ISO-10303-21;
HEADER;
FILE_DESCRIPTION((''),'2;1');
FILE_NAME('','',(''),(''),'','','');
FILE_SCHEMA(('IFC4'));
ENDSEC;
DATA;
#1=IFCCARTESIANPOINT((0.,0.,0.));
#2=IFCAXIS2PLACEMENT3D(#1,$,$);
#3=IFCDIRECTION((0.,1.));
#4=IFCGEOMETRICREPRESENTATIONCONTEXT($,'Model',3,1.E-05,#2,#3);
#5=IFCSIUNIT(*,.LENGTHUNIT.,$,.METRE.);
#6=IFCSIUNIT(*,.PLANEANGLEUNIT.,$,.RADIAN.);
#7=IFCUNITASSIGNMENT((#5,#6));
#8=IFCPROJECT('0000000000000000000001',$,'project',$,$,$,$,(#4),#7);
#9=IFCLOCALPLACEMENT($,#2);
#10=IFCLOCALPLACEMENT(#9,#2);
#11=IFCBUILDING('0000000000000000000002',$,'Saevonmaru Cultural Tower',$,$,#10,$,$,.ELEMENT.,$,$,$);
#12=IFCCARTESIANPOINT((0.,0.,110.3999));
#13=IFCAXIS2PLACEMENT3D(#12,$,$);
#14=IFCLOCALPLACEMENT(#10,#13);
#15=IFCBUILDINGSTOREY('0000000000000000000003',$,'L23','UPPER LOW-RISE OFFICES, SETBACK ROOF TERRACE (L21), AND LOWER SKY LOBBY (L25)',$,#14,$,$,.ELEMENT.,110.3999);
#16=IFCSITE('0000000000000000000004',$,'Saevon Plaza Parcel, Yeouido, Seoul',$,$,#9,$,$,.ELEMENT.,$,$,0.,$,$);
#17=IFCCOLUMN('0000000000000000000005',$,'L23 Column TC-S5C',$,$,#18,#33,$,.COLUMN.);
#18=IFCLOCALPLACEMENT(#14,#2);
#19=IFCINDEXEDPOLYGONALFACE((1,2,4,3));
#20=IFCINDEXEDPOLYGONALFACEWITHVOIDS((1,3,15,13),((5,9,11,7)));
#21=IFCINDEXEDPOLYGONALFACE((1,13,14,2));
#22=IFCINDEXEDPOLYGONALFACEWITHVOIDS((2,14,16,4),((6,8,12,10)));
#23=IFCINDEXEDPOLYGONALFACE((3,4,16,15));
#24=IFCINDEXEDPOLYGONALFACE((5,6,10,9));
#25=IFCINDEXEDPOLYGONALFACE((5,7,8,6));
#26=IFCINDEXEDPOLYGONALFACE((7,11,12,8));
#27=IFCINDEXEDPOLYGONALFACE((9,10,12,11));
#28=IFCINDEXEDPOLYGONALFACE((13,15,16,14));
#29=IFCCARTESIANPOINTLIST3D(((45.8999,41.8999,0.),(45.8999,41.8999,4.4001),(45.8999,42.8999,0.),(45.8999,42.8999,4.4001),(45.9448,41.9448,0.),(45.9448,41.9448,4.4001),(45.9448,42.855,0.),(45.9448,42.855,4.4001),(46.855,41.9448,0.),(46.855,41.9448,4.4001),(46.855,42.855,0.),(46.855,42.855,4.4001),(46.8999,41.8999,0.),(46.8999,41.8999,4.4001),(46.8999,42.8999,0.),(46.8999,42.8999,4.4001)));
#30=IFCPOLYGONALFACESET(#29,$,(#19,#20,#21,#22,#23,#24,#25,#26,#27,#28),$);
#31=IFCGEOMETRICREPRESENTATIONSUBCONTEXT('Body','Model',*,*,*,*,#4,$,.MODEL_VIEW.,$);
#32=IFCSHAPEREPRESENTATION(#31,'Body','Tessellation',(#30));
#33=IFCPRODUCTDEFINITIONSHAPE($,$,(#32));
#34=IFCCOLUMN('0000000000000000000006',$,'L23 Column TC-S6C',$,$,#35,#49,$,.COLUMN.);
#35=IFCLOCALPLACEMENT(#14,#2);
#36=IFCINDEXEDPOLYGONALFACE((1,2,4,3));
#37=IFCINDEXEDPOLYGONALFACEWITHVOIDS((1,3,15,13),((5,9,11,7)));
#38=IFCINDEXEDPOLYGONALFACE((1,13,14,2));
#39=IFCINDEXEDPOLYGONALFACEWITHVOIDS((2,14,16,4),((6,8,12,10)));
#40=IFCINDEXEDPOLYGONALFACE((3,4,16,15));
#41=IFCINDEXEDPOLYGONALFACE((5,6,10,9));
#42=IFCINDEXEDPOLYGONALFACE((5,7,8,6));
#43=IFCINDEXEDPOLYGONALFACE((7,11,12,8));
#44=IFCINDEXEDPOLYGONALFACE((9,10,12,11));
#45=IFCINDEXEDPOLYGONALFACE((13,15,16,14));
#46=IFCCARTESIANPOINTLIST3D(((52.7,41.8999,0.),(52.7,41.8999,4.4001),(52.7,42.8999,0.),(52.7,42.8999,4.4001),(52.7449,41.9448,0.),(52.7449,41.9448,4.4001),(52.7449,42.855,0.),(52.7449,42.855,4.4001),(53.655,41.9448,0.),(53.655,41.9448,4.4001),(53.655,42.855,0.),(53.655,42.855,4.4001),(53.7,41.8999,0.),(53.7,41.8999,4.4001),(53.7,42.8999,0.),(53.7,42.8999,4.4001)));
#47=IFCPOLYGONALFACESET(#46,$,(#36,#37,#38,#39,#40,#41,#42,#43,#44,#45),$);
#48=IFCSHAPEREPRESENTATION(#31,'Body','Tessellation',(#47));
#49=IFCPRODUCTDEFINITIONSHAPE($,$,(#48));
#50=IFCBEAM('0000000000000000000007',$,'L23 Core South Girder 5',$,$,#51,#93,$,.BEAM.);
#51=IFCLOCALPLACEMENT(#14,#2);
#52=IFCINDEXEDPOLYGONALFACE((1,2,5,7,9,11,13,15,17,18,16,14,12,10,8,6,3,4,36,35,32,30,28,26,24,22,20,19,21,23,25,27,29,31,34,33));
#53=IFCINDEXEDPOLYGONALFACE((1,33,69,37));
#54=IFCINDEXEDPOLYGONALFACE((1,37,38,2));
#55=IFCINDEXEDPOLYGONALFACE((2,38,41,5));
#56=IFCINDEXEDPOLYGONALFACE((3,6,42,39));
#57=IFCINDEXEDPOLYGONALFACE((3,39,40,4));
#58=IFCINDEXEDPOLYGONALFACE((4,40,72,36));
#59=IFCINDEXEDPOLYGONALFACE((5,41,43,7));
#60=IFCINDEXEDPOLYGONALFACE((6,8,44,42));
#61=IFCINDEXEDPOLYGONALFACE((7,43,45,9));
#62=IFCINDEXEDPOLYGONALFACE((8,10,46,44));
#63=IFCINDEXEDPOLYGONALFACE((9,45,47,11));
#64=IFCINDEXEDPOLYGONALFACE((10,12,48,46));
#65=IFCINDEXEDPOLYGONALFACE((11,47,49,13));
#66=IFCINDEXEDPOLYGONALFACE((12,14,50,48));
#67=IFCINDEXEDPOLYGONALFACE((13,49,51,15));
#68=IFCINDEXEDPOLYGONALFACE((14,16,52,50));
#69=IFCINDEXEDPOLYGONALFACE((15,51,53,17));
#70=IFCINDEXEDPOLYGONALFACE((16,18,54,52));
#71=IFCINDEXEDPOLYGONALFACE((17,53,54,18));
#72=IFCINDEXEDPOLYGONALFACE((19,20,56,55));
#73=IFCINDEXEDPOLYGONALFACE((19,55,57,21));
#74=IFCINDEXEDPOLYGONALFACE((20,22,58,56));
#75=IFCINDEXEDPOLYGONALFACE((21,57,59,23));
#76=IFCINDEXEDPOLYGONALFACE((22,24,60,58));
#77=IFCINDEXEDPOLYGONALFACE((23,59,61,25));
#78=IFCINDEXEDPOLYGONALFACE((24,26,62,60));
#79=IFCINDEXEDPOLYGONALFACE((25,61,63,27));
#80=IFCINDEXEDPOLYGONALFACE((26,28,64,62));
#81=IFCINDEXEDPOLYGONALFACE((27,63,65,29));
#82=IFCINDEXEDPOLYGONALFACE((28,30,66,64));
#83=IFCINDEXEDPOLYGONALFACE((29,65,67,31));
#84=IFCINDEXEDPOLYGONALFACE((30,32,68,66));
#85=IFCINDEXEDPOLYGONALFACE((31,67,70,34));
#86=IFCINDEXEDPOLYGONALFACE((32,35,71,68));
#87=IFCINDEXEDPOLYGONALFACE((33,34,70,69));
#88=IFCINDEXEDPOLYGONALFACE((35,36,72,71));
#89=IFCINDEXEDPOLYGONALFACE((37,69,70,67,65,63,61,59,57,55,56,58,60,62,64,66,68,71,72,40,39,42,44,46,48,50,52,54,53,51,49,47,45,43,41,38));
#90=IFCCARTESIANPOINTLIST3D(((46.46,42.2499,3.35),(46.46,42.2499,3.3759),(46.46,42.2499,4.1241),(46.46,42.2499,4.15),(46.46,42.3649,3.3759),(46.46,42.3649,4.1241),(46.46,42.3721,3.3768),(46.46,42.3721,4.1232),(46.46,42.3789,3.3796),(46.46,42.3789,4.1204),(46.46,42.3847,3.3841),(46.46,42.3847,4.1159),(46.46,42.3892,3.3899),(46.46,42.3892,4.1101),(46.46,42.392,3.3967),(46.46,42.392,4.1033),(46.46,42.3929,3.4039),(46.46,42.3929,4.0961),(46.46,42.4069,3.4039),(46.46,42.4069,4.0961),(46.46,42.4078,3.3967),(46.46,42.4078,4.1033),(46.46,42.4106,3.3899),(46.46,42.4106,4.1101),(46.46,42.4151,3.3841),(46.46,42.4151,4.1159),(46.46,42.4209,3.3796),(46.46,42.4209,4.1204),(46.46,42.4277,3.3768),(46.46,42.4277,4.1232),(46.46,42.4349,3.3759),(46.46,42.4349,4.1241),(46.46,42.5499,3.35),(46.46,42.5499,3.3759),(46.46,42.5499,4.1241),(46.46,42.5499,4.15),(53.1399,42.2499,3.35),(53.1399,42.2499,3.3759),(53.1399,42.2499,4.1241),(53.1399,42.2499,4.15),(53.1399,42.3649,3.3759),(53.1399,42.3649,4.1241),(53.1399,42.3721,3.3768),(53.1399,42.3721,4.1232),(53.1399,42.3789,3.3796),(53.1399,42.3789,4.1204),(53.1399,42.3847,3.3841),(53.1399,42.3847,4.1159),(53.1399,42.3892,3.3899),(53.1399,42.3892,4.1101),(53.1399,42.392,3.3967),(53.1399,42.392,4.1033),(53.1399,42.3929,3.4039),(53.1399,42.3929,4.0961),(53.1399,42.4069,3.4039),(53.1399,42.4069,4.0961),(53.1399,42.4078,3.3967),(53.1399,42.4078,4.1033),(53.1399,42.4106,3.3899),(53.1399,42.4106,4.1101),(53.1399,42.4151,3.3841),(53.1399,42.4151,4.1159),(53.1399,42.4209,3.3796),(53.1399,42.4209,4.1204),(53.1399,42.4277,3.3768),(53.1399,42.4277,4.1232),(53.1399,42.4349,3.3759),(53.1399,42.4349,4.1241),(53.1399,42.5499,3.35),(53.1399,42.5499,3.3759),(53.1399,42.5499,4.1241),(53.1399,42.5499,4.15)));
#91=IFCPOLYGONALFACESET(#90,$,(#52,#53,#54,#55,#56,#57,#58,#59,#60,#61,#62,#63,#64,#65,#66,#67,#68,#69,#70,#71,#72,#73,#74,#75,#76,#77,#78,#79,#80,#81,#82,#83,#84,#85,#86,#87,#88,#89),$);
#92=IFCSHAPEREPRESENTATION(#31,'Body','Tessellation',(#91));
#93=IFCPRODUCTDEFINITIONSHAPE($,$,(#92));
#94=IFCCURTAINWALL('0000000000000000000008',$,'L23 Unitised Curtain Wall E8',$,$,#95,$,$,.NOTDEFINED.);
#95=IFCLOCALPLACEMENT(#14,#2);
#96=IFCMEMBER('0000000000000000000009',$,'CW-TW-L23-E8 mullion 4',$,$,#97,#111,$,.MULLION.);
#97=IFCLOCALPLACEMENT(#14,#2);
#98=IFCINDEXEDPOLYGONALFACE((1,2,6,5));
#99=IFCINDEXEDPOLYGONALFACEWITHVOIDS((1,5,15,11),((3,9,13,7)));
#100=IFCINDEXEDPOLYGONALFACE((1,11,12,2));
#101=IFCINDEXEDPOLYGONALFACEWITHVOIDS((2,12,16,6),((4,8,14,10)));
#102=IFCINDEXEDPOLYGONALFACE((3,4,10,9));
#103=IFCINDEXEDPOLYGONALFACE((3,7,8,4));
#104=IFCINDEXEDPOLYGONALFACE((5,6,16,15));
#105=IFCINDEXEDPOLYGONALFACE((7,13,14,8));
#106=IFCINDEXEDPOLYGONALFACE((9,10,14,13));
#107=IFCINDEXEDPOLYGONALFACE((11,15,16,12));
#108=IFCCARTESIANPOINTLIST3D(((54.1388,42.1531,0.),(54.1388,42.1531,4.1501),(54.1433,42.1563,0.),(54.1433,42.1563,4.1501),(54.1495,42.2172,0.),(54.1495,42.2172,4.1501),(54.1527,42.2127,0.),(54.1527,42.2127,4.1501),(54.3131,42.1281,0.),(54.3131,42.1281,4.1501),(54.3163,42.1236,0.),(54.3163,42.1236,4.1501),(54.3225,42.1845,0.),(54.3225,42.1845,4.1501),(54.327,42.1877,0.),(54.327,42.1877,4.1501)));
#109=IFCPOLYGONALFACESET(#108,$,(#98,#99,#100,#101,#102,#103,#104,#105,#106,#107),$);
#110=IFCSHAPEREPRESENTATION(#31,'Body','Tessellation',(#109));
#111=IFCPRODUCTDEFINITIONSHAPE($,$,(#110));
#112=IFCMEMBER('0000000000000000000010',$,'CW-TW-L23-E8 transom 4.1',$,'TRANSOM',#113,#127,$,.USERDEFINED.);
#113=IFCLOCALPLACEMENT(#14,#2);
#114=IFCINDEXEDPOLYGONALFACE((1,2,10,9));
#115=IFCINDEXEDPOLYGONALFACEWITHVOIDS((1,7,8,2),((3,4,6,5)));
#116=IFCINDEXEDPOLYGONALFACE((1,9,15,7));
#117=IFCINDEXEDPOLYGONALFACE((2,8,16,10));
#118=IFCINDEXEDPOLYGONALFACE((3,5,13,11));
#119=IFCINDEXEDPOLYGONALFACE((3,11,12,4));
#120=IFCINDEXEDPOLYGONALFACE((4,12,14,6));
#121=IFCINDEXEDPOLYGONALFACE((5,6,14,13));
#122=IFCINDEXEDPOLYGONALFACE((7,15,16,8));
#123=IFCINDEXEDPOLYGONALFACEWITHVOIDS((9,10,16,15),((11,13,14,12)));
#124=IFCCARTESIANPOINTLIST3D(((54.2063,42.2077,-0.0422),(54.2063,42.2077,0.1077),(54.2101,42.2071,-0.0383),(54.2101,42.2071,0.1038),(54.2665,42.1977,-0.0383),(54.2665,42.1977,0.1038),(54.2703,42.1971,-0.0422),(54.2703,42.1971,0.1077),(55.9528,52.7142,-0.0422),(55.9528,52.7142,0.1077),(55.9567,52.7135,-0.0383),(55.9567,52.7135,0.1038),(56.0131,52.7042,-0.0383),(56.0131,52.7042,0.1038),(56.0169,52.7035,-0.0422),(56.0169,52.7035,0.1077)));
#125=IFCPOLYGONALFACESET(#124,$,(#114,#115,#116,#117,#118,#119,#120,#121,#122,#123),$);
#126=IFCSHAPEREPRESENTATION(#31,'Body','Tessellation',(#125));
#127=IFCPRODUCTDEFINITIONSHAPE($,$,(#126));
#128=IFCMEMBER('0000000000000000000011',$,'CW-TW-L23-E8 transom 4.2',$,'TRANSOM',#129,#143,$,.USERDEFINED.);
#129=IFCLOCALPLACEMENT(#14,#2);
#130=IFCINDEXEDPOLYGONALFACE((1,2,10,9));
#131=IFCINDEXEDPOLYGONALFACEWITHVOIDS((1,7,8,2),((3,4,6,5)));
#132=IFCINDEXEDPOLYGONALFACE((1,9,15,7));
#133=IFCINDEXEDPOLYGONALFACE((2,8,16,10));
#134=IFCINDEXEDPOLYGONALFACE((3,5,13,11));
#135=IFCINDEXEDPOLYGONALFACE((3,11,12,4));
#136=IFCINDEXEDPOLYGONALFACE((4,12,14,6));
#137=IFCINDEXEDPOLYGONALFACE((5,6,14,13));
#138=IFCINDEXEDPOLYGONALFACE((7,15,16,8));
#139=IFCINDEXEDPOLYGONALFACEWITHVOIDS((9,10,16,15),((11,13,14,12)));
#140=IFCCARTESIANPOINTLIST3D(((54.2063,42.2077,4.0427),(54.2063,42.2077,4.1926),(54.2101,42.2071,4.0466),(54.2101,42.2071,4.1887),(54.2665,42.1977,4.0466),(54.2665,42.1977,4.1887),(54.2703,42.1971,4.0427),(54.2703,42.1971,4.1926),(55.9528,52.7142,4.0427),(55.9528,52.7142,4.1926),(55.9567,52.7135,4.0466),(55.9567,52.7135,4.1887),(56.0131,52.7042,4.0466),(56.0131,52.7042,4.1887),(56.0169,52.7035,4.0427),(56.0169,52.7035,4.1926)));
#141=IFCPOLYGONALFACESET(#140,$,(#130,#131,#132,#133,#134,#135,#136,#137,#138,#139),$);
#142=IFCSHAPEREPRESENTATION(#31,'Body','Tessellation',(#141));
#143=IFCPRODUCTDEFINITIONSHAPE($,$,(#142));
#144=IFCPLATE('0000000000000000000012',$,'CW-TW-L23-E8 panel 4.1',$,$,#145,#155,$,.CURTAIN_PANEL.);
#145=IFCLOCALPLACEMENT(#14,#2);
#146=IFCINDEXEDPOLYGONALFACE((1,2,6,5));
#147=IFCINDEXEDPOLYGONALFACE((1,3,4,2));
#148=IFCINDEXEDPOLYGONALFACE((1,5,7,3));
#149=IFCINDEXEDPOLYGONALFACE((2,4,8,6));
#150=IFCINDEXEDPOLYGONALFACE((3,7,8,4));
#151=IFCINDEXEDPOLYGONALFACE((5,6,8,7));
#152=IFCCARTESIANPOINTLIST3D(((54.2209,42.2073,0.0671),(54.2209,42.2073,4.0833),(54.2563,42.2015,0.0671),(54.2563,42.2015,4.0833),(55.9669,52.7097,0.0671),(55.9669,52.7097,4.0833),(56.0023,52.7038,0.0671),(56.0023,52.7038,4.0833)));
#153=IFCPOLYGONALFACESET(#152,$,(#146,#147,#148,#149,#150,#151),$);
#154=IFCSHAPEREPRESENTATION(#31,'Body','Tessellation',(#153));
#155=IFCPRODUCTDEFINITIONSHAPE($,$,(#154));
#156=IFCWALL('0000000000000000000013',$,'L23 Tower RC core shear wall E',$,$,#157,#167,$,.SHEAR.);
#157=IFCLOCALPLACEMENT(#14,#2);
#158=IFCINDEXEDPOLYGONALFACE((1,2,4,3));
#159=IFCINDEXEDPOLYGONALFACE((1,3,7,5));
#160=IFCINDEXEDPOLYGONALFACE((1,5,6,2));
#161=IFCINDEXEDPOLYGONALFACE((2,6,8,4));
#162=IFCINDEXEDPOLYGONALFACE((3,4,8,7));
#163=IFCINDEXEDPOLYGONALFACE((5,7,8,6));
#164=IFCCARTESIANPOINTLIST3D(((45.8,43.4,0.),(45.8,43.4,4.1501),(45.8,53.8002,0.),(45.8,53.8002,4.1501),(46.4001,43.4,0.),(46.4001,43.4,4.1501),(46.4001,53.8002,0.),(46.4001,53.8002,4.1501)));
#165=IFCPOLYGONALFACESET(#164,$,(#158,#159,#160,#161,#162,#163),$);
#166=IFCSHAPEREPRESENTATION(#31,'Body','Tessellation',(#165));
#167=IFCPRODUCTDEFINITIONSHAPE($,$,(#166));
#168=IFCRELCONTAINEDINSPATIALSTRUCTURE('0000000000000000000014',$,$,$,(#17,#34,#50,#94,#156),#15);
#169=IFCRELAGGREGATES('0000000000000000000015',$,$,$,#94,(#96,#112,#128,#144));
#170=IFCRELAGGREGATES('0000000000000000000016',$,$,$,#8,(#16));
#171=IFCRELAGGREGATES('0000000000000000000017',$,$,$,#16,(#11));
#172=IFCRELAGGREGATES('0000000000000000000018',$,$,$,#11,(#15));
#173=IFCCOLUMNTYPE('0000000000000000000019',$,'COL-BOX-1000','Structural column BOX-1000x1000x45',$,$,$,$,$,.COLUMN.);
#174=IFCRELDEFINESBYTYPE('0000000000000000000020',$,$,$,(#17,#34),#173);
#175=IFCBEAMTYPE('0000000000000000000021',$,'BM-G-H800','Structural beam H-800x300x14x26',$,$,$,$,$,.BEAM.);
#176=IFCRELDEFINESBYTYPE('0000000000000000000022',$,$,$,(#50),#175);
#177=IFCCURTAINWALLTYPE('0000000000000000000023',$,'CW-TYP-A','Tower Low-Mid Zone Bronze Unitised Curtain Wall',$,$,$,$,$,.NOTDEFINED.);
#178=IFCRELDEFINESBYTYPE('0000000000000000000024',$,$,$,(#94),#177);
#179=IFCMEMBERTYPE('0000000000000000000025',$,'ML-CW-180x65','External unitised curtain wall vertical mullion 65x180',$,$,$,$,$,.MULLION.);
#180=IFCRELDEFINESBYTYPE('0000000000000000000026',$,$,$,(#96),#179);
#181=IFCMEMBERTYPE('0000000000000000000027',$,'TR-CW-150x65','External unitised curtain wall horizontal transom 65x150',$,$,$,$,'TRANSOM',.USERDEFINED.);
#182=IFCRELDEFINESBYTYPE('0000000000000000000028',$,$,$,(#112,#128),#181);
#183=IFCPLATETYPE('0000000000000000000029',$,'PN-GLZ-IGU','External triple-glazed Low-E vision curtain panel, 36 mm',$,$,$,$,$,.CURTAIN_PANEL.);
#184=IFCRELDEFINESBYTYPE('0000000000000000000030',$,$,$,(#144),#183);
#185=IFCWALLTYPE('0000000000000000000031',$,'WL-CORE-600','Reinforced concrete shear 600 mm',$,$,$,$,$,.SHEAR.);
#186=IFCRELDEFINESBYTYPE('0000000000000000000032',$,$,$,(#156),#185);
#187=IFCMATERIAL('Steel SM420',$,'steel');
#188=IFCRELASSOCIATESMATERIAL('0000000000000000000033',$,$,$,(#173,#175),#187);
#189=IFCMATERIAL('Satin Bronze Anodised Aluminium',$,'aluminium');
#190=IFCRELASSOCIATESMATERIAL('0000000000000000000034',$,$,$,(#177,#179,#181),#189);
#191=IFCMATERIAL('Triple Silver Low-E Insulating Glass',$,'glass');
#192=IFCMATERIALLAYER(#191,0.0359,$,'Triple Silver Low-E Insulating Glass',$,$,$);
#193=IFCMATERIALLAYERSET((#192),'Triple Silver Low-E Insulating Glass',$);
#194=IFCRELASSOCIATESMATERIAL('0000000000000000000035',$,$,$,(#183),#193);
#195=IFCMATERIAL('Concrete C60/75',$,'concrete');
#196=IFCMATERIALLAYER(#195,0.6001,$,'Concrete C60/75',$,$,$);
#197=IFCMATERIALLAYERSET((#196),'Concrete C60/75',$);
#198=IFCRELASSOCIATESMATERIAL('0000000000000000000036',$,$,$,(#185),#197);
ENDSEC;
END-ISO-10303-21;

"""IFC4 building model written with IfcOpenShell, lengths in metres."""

from ifc_helpers import new_model, si_unit, direction, frame, frame_2d, origin, origin_2d, place, context, subcontext, project, spatial, rectangle, hollow_rectangle, i_section, extrude, material, layer, layer_set, material_profile, profile_set, type_object, element, aggregate, save


model = new_model("IFC4")

# Units and contexts
model_context = context("Model", 3, precision=1e-05, world=origin(), true_north=direction((0.0, 1.0)))
body_context = subcontext(model_context, "Body", "Model", "MODEL_VIEW")
ifc_project = project(units=[si_unit("LENGTHUNIT", "METRE"), si_unit("PLANEANGLEUNIT", "RADIAN")], contexts=[model_context])

# Site, building, storey
site_placement = place(None, origin())
site = spatial("IfcSite", under=ifc_project, at=site_placement, Name="Saevon Plaza Parcel, Yeouido, Seoul", CompositionType="ELEMENT", RefElevation=0.0)
building_placement = place(site_placement, origin())
building = spatial("IfcBuilding", under=site, at=building_placement, Name="Saevonmaru Cultural Tower", CompositionType="ELEMENT")
storey_placement = place(building_placement, frame((0.0, 0.0, 110.3999)))
storey = spatial("IfcBuildingStorey", under=building, at=storey_placement, Name="L23", Description="UPPER LOW-RISE OFFICES, SETBACK ROOF TERRACE (L21), AND LOWER SKY LOBBY (L25)", CompositionType="ELEMENT", Elevation=110.3999)

# Columns
ifc_material_1 = material(Name="Steel SM420", Category="steel")
ifc_material_profile_1 = material_profile(ifc_material_1, hollow_rectangle(XDim=1.0, YDim=1.0, WallThickness=0.0449, at=origin_2d()), Name="BOX-1000x1000x45")
ifc_profile_set_1 = profile_set([ifc_material_profile_1], Name="Steel SM420")
column_type = type_object("IfcColumnType", Name="COL-BOX-1000", Description="Structural column BOX-1000x1000x45", PredefinedType="COLUMN", material=ifc_profile_set_1)
for number, where, z_axis, x_axis, name in (
    (1, (46.3999, 42.3999, 0.0), (0.0, 0.0, 1.0), (1.0, 0.0, 0.0), "L23 Column TC-S5C"),
    (2, (53.2, 42.3999, 0.0), (0.0, 0.0, 1.0), (1.0, 0.0, 0.0), "L23 Column TC-S6C"),
):
    element("IfcColumn", number, at=place(storey_placement, frame(where, z_axis=z_axis, x_axis=x_axis)), inside=storey, type_object=column_type, Name=name, PredefinedType="COLUMN", context=body_context, shape_type="SweptSolid", body=[
        extrude(hollow_rectangle(XDim=1.0, YDim=1.0, WallThickness=0.0449, at=origin_2d()), origin(), (0.0, 0.0, 1.0), 4.4001),
    ])

# Beam
ifc_material_profile_2 = material_profile(ifc_material_1, i_section(OverallWidth=0.3, OverallDepth=0.8, WebThickness=0.0139, FlangeThickness=0.0259, FilletRadius=0.0281, at=origin_2d()), Name="H-800x300x14x26")
ifc_profile_set_2 = profile_set([ifc_material_profile_2], Name="Steel SM420")
beam_type = type_object("IfcBeamType", Name="BM-G-H800", Description="Structural beam H-800x300x14x26", PredefinedType="BEAM", material=ifc_profile_set_2)
beam_placement = place(storey_placement, frame((46.46, 42.3999, 3.75), z_axis=(1.0, 0.0, 0.0), x_axis=(0.0, 1.0, 0.0)))
element("IfcBeam", 3, at=beam_placement, inside=storey, type_object=beam_type, Name="L23 Core South Girder 5", PredefinedType="BEAM", context=body_context, shape_type="SweptSolid", body=[
    extrude(i_section(OverallWidth=0.3, OverallDepth=0.8, WebThickness=0.0139, FlangeThickness=0.0259, FilletRadius=0.0281, at=origin_2d()), origin(), (0.0, 0.0, 1.0), 6.6799),
])

# Curtain wall, members, plate
ifc_material_2 = material(Name="Satin Bronze Anodised Aluminium", Category="aluminium")
curtain_wall_type = type_object("IfcCurtainWallType", Name="CW-TYP-A", Description="Tower Low-Mid Zone Bronze Unitised Curtain Wall", PredefinedType="NOTDEFINED", material=ifc_material_2)
curtain_wall_placement = place(storey_placement, origin())
curtain_wall = element("IfcCurtainWall", 4, at=curtain_wall_placement, inside=storey, type_object=curtain_wall_type, Name="L23 Unitised Curtain Wall E8", PredefinedType="NOTDEFINED")
ifc_material_profile_3 = material_profile(ifc_material_2, hollow_rectangle(XDim=0.0649, YDim=0.1799, WallThickness=0.0039, at=origin_2d()), Name="ALU-MULL-180x65x4")
ifc_profile_set_3 = profile_set([ifc_material_profile_3], Name="Satin Bronze Anodised Aluminium")
member_type_1 = type_object("IfcMemberType", Name="ML-CW-180x65", Description="External unitised curtain wall vertical mullion 65x180", PredefinedType="MULLION", material=ifc_profile_set_3)
member_1_placement = place(storey_placement, frame((54.2329, 42.1704, 0.0), z_axis=(0.0, 0.0, 1.0), x_axis=(0.163999, 0.986461, 0.0)))
member_1 = element("IfcMember", 5, at=member_1_placement, type_object=member_type_1, Name="CW-TW-L23-E8 mullion 4", PredefinedType="MULLION", context=body_context, shape_type="SweptSolid", body=[
    extrude(hollow_rectangle(XDim=0.0649, YDim=0.1799, WallThickness=0.0039, at=origin_2d()), origin(), (0.0, 0.0, 1.0), 4.1501),
])
ifc_material_profile_4 = material_profile(ifc_material_2, hollow_rectangle(XDim=0.0649, YDim=0.1499, WallThickness=0.0039, at=origin_2d()), Name="ALU-TRAN-150x65x4")
ifc_profile_set_4 = profile_set([ifc_material_profile_4], Name="Satin Bronze Anodised Aluminium")
member_type_2 = type_object("IfcMemberType", Name="TR-CW-150x65", Description="External unitised curtain wall horizontal transom 65x150", ElementType="TRANSOM", PredefinedType="USERDEFINED", material=ifc_profile_set_4)
member_2_placement = place(storey_placement, frame((54.2383, 42.2024, 0.0327), z_axis=(0.16399, 0.986462, 0.0), x_axis=(-0.986462, 0.16399, 0.0)))
member_2 = element("IfcMember", 6, at=member_2_placement, type_object=member_type_2, Name="CW-TW-L23-E8 transom 4.1", ObjectType="TRANSOM", PredefinedType="USERDEFINED", context=body_context, shape_type="SweptSolid", body=[
    extrude(hollow_rectangle(XDim=0.0649, YDim=0.1499, WallThickness=0.0039, at=origin_2d()), origin(), (0.0, 0.0, 1.0), 10.6506),
])
member_3_placement = place(storey_placement, frame((54.2383, 42.2024, 4.1177), z_axis=(0.16399, 0.986462, 0.0), x_axis=(-0.986462, 0.16399, 0.0)))
member_3 = element("IfcMember", 7, at=member_3_placement, type_object=member_type_2, Name="CW-TW-L23-E8 transom 4.2", ObjectType="TRANSOM", PredefinedType="USERDEFINED", context=body_context, shape_type="SweptSolid", body=[
    extrude(hollow_rectangle(XDim=0.0649, YDim=0.1499, WallThickness=0.0039, at=origin_2d()), origin(), (0.0, 0.0, 1.0), 10.6506),
])
ifc_material_3 = material(Name="Triple Silver Low-E Insulating Glass", Category="glass")
ifc_layer_1 = layer(ifc_material_3, 0.0359, Name="Triple Silver Low-E Insulating Glass")
ifc_layer_set_1 = layer_set([ifc_layer_1], Name="Triple Silver Low-E Insulating Glass")
plate_type = type_object("IfcPlateType", Name="PN-GLZ-IGU", Description="External triple-glazed Low-E vision curtain panel, 36 mm", PredefinedType="CURTAIN_PANEL", material=ifc_layer_set_1)
plate_placement = place(storey_placement, frame((55.1116, 47.4556, 0.0671), z_axis=(0.0, 0.0, 1.0), x_axis=(0.163999, 0.986461, 0.0)))
plate = element("IfcPlate", 8, at=plate_placement, type_object=plate_type, Name="CW-TW-L23-E8 panel 4.1", PredefinedType="CURTAIN_PANEL", context=body_context, shape_type="SweptSolid", body=[
    extrude(rectangle(XDim=10.6465, YDim=0.0359, at=origin_2d()), origin(), (0.0, 0.0, 1.0), 4.0161),
])
aggregate(curtain_wall, [member_1, member_2, member_3, plate])

# Wall
ifc_material_4 = material(Name="Concrete C60/75", Category="concrete")
ifc_layer_2 = layer(ifc_material_4, 0.6001, Name="Concrete C60/75")
ifc_layer_set_2 = layer_set([ifc_layer_2], Name="Concrete C60/75")
wall_type_1 = type_object("IfcWallType", Name="WL-CORE-600", Description="Reinforced concrete shear 600 mm", PredefinedType="SHEAR", material=ifc_layer_set_2)
wall_1_placement = place(storey_placement, frame((46.1001, 43.3999, 0.0), z_axis=(0.0, 0.0, 1.0), x_axis=(0.0, 1.0, 0.0)))
element("IfcWall", 9, at=wall_1_placement, inside=storey, type_object=wall_type_1, Name="L23 Tower RC core shear wall E", PredefinedType="SHEAR", context=body_context, shape_type="SweptSolid", body=[
    extrude(rectangle(XDim=10.4001, YDim=0.6001, at=frame_2d((5.2002, 0.0))), origin(), (0.0, 0.0, 1.0), 4.1501),
])

save(model, "model.ifc")
